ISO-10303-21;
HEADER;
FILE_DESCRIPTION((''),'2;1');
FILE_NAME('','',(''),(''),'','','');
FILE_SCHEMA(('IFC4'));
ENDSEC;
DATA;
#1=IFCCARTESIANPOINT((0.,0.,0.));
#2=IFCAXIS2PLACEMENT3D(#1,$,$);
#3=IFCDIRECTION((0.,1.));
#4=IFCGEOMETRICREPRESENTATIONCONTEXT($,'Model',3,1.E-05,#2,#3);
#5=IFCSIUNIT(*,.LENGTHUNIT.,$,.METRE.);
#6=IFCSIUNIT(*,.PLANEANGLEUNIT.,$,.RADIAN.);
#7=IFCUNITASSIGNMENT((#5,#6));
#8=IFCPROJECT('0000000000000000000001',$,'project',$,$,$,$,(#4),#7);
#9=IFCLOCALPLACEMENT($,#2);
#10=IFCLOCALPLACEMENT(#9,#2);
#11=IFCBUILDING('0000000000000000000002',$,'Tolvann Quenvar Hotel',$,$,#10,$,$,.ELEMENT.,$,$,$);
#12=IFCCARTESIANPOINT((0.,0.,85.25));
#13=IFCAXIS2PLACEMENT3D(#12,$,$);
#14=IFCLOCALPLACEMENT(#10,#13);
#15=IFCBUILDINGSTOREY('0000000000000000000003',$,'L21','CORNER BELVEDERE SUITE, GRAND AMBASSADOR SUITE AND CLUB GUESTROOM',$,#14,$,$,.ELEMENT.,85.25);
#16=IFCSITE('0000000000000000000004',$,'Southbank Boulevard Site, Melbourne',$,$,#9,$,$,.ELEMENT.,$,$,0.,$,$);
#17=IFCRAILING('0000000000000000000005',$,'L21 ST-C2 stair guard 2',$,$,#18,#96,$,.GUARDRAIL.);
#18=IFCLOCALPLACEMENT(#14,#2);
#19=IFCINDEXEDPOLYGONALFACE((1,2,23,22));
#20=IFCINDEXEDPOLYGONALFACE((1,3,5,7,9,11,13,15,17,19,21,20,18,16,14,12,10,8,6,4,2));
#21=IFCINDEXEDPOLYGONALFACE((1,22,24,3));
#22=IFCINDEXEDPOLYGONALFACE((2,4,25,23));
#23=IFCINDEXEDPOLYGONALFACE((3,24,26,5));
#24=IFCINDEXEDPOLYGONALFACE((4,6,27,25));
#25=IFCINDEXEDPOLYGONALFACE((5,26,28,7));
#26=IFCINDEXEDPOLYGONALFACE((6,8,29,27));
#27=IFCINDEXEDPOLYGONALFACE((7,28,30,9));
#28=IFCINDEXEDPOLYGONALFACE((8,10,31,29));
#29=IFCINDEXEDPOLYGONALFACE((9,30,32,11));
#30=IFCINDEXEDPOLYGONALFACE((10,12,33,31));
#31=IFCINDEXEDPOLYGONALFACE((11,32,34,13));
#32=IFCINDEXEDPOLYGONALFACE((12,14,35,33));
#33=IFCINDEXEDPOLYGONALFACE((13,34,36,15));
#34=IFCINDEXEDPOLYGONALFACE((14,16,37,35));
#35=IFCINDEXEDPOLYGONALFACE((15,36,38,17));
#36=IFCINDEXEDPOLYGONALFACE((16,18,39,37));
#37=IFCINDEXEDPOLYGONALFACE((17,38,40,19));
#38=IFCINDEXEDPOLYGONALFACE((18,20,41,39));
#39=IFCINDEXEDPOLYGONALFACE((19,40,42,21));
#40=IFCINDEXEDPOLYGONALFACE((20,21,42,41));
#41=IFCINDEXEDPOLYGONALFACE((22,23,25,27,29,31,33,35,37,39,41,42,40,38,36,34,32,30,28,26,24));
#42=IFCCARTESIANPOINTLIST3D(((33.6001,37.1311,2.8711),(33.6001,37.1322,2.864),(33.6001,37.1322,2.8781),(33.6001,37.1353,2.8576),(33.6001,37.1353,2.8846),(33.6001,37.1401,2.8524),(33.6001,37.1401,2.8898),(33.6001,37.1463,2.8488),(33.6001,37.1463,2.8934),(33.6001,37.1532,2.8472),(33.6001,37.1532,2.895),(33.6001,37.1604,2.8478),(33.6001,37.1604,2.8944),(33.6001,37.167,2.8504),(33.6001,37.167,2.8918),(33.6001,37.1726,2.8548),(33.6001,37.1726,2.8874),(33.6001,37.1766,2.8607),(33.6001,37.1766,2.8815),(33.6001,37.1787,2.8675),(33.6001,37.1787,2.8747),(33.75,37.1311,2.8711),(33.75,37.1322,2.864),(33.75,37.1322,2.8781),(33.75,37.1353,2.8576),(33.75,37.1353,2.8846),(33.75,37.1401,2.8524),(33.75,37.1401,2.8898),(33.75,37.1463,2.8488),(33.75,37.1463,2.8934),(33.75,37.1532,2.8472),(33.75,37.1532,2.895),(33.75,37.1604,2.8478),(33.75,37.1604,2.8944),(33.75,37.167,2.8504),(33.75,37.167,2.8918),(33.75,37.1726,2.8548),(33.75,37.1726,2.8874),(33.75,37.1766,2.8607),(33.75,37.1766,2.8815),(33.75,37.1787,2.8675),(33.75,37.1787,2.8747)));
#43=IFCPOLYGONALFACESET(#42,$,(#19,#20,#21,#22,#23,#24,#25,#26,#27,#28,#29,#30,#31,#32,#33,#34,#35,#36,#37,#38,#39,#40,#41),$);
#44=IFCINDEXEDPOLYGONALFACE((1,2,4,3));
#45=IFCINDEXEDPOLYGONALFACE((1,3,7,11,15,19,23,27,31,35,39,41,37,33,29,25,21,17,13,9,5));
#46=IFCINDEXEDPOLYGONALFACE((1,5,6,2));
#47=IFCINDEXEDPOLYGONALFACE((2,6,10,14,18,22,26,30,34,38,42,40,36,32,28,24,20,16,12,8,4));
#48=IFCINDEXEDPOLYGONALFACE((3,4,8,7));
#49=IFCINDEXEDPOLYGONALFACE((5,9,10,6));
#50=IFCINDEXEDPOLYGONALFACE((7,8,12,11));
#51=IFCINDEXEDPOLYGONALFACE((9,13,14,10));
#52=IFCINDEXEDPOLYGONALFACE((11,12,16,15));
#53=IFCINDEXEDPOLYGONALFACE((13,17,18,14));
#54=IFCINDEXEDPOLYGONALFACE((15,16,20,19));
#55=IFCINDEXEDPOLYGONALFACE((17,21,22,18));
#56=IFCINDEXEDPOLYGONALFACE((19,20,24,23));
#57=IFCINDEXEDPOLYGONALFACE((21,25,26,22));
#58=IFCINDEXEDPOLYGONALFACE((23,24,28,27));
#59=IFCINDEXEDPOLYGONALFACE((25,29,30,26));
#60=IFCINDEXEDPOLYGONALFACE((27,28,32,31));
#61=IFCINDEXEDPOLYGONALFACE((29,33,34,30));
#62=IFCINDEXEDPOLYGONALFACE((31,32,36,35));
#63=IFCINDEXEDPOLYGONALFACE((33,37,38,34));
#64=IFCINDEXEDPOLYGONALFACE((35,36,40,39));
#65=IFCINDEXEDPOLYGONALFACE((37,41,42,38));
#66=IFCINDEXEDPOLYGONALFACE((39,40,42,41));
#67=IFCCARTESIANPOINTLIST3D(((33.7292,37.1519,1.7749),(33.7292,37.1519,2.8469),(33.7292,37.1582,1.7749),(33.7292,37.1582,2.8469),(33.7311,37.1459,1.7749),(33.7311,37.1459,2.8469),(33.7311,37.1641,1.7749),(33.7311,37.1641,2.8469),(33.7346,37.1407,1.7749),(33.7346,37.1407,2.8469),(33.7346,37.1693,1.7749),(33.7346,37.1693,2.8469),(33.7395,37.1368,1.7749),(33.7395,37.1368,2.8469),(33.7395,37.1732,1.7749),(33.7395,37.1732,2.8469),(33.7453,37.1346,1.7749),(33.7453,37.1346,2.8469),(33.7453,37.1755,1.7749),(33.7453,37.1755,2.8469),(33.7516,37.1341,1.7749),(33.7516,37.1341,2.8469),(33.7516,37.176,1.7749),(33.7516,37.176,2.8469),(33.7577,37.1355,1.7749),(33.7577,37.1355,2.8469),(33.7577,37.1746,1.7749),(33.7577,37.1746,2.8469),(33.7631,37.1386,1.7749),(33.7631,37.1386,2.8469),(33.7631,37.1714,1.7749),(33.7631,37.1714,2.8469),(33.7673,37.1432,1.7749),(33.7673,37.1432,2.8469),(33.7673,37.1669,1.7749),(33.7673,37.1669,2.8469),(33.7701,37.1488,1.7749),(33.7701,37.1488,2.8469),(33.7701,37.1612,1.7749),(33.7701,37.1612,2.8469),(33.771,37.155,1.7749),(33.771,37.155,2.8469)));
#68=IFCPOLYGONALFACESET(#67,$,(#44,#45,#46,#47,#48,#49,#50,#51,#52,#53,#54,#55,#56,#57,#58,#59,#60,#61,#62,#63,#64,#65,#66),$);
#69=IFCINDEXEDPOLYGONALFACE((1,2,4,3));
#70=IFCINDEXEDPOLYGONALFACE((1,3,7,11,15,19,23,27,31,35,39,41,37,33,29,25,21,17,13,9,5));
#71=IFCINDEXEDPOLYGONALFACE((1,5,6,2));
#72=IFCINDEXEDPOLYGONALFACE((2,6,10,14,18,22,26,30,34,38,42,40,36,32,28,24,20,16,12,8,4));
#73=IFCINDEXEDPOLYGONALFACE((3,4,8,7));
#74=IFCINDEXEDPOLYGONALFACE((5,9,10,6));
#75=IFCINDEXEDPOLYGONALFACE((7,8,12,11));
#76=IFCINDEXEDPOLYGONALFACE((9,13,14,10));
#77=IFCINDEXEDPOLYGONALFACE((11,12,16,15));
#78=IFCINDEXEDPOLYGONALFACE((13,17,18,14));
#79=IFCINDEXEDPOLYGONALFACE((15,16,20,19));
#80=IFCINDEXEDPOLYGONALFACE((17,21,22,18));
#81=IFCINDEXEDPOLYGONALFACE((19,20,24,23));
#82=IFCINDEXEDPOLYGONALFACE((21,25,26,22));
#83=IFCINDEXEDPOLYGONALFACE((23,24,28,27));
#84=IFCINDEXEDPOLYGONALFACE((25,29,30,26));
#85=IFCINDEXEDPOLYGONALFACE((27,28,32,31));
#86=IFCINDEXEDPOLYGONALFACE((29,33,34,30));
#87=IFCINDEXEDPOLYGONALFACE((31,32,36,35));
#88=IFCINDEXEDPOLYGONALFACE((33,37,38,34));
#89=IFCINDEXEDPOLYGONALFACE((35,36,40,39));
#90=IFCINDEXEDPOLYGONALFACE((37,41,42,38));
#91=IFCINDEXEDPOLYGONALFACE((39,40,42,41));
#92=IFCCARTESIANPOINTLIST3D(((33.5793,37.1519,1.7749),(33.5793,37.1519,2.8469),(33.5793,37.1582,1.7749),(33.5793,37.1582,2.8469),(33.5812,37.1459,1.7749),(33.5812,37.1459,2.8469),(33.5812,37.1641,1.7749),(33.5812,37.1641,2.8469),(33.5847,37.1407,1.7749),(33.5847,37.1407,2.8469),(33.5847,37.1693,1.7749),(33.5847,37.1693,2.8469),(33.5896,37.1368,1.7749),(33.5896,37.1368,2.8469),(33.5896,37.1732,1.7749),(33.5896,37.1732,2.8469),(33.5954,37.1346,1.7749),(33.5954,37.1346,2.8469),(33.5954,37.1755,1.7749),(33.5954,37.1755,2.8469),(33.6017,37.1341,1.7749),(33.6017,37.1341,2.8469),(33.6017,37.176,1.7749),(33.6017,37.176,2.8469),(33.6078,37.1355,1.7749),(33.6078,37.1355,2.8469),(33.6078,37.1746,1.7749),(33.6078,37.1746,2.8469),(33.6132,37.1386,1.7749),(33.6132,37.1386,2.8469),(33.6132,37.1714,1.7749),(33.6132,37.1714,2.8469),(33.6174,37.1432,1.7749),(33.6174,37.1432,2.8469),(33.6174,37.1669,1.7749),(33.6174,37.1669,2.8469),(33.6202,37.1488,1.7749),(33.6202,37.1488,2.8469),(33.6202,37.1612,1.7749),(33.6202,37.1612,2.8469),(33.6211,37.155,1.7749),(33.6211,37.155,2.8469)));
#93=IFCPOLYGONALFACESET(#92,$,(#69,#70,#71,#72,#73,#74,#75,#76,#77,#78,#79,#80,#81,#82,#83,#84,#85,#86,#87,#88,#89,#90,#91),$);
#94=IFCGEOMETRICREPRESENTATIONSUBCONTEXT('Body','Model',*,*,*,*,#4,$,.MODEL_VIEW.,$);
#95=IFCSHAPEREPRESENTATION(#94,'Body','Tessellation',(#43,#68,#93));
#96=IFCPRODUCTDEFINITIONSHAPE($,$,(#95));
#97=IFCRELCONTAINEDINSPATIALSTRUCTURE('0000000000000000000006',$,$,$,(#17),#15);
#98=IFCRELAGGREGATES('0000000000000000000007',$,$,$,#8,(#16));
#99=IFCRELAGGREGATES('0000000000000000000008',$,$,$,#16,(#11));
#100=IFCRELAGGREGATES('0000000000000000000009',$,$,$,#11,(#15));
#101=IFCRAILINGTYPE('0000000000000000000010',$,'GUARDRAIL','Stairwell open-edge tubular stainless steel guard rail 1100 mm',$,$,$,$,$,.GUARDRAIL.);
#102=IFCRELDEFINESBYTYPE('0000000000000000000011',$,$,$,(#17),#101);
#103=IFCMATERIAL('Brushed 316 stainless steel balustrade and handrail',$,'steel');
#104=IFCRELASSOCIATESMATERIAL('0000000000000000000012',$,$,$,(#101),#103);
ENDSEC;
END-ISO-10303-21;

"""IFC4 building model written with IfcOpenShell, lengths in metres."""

from ifc_helpers import new_model, si_unit, direction, frame, origin, origin_2d, place, context, subcontext, project, spatial, circle, extrude, material, type_object, element, save


model = new_model("IFC4")

# Units and contexts
model_context = context("Model", 3, precision=1e-05, world=origin(), true_north=direction((0.0, 1.0)))
body_context = subcontext(model_context, "Body", "Model", "MODEL_VIEW")
ifc_project = project(units=[si_unit("LENGTHUNIT", "METRE"), si_unit("PLANEANGLEUNIT", "RADIAN")], contexts=[model_context])

# Site, building, storey
site_placement = place(None, origin())
site = spatial("IfcSite", under=ifc_project, at=site_placement, Name="Southbank Boulevard Site, Melbourne", CompositionType="ELEMENT", RefElevation=0.0)
building_placement = place(site_placement, origin())
building = spatial("IfcBuilding", under=site, at=building_placement, Name="Tolvann Quenvar Hotel", CompositionType="ELEMENT")
storey_placement = place(building_placement, frame((0.0, 0.0, 85.25)))
storey = spatial("IfcBuildingStorey", under=building, at=storey_placement, Name="L21", Description="CORNER BELVEDERE SUITE, GRAND AMBASSADOR SUITE AND CLUB GUESTROOM", CompositionType="ELEMENT", Elevation=85.25)

# Railing
ifc_material_1 = material(Name="Brushed 316 stainless steel balustrade and handrail", Category="steel")
railing_type_1 = type_object("IfcRailingType", Name="GUARDRAIL", Description="Stairwell open-edge tubular stainless steel guard rail 1100 mm", PredefinedType="GUARDRAIL", material=ifc_material_1)
railing_1_placement = place(storey_placement, frame((33.75, 37.155, 1.7749)))
element("IfcRailing", 1, at=railing_1_placement, inside=storey, type_object=railing_type_1, Name="L21 ST-C2 stair guard 2", PredefinedType="GUARDRAIL", context=body_context, shape_type="SweptSolid", body=[
    extrude(circle(Radius=0.0239, at=origin_2d()), frame((0.0, 0.0, 1.0962), z_axis=(-1.0, 0.0, 0.0), x_axis=(0.0, -1.0, 0.0)), (0.0, 0.0, 1.0), 0.1499),
    extrude(circle(Radius=0.021, at=origin_2d()), origin(), (0.0, 0.0, 1.0), 1.072),
    extrude(circle(Radius=0.021, at=origin_2d()), frame((-0.1499, 0.0, 0.0)), (0.0, 0.0, 1.0), 1.072),
])

save(model, "model.ifc")
